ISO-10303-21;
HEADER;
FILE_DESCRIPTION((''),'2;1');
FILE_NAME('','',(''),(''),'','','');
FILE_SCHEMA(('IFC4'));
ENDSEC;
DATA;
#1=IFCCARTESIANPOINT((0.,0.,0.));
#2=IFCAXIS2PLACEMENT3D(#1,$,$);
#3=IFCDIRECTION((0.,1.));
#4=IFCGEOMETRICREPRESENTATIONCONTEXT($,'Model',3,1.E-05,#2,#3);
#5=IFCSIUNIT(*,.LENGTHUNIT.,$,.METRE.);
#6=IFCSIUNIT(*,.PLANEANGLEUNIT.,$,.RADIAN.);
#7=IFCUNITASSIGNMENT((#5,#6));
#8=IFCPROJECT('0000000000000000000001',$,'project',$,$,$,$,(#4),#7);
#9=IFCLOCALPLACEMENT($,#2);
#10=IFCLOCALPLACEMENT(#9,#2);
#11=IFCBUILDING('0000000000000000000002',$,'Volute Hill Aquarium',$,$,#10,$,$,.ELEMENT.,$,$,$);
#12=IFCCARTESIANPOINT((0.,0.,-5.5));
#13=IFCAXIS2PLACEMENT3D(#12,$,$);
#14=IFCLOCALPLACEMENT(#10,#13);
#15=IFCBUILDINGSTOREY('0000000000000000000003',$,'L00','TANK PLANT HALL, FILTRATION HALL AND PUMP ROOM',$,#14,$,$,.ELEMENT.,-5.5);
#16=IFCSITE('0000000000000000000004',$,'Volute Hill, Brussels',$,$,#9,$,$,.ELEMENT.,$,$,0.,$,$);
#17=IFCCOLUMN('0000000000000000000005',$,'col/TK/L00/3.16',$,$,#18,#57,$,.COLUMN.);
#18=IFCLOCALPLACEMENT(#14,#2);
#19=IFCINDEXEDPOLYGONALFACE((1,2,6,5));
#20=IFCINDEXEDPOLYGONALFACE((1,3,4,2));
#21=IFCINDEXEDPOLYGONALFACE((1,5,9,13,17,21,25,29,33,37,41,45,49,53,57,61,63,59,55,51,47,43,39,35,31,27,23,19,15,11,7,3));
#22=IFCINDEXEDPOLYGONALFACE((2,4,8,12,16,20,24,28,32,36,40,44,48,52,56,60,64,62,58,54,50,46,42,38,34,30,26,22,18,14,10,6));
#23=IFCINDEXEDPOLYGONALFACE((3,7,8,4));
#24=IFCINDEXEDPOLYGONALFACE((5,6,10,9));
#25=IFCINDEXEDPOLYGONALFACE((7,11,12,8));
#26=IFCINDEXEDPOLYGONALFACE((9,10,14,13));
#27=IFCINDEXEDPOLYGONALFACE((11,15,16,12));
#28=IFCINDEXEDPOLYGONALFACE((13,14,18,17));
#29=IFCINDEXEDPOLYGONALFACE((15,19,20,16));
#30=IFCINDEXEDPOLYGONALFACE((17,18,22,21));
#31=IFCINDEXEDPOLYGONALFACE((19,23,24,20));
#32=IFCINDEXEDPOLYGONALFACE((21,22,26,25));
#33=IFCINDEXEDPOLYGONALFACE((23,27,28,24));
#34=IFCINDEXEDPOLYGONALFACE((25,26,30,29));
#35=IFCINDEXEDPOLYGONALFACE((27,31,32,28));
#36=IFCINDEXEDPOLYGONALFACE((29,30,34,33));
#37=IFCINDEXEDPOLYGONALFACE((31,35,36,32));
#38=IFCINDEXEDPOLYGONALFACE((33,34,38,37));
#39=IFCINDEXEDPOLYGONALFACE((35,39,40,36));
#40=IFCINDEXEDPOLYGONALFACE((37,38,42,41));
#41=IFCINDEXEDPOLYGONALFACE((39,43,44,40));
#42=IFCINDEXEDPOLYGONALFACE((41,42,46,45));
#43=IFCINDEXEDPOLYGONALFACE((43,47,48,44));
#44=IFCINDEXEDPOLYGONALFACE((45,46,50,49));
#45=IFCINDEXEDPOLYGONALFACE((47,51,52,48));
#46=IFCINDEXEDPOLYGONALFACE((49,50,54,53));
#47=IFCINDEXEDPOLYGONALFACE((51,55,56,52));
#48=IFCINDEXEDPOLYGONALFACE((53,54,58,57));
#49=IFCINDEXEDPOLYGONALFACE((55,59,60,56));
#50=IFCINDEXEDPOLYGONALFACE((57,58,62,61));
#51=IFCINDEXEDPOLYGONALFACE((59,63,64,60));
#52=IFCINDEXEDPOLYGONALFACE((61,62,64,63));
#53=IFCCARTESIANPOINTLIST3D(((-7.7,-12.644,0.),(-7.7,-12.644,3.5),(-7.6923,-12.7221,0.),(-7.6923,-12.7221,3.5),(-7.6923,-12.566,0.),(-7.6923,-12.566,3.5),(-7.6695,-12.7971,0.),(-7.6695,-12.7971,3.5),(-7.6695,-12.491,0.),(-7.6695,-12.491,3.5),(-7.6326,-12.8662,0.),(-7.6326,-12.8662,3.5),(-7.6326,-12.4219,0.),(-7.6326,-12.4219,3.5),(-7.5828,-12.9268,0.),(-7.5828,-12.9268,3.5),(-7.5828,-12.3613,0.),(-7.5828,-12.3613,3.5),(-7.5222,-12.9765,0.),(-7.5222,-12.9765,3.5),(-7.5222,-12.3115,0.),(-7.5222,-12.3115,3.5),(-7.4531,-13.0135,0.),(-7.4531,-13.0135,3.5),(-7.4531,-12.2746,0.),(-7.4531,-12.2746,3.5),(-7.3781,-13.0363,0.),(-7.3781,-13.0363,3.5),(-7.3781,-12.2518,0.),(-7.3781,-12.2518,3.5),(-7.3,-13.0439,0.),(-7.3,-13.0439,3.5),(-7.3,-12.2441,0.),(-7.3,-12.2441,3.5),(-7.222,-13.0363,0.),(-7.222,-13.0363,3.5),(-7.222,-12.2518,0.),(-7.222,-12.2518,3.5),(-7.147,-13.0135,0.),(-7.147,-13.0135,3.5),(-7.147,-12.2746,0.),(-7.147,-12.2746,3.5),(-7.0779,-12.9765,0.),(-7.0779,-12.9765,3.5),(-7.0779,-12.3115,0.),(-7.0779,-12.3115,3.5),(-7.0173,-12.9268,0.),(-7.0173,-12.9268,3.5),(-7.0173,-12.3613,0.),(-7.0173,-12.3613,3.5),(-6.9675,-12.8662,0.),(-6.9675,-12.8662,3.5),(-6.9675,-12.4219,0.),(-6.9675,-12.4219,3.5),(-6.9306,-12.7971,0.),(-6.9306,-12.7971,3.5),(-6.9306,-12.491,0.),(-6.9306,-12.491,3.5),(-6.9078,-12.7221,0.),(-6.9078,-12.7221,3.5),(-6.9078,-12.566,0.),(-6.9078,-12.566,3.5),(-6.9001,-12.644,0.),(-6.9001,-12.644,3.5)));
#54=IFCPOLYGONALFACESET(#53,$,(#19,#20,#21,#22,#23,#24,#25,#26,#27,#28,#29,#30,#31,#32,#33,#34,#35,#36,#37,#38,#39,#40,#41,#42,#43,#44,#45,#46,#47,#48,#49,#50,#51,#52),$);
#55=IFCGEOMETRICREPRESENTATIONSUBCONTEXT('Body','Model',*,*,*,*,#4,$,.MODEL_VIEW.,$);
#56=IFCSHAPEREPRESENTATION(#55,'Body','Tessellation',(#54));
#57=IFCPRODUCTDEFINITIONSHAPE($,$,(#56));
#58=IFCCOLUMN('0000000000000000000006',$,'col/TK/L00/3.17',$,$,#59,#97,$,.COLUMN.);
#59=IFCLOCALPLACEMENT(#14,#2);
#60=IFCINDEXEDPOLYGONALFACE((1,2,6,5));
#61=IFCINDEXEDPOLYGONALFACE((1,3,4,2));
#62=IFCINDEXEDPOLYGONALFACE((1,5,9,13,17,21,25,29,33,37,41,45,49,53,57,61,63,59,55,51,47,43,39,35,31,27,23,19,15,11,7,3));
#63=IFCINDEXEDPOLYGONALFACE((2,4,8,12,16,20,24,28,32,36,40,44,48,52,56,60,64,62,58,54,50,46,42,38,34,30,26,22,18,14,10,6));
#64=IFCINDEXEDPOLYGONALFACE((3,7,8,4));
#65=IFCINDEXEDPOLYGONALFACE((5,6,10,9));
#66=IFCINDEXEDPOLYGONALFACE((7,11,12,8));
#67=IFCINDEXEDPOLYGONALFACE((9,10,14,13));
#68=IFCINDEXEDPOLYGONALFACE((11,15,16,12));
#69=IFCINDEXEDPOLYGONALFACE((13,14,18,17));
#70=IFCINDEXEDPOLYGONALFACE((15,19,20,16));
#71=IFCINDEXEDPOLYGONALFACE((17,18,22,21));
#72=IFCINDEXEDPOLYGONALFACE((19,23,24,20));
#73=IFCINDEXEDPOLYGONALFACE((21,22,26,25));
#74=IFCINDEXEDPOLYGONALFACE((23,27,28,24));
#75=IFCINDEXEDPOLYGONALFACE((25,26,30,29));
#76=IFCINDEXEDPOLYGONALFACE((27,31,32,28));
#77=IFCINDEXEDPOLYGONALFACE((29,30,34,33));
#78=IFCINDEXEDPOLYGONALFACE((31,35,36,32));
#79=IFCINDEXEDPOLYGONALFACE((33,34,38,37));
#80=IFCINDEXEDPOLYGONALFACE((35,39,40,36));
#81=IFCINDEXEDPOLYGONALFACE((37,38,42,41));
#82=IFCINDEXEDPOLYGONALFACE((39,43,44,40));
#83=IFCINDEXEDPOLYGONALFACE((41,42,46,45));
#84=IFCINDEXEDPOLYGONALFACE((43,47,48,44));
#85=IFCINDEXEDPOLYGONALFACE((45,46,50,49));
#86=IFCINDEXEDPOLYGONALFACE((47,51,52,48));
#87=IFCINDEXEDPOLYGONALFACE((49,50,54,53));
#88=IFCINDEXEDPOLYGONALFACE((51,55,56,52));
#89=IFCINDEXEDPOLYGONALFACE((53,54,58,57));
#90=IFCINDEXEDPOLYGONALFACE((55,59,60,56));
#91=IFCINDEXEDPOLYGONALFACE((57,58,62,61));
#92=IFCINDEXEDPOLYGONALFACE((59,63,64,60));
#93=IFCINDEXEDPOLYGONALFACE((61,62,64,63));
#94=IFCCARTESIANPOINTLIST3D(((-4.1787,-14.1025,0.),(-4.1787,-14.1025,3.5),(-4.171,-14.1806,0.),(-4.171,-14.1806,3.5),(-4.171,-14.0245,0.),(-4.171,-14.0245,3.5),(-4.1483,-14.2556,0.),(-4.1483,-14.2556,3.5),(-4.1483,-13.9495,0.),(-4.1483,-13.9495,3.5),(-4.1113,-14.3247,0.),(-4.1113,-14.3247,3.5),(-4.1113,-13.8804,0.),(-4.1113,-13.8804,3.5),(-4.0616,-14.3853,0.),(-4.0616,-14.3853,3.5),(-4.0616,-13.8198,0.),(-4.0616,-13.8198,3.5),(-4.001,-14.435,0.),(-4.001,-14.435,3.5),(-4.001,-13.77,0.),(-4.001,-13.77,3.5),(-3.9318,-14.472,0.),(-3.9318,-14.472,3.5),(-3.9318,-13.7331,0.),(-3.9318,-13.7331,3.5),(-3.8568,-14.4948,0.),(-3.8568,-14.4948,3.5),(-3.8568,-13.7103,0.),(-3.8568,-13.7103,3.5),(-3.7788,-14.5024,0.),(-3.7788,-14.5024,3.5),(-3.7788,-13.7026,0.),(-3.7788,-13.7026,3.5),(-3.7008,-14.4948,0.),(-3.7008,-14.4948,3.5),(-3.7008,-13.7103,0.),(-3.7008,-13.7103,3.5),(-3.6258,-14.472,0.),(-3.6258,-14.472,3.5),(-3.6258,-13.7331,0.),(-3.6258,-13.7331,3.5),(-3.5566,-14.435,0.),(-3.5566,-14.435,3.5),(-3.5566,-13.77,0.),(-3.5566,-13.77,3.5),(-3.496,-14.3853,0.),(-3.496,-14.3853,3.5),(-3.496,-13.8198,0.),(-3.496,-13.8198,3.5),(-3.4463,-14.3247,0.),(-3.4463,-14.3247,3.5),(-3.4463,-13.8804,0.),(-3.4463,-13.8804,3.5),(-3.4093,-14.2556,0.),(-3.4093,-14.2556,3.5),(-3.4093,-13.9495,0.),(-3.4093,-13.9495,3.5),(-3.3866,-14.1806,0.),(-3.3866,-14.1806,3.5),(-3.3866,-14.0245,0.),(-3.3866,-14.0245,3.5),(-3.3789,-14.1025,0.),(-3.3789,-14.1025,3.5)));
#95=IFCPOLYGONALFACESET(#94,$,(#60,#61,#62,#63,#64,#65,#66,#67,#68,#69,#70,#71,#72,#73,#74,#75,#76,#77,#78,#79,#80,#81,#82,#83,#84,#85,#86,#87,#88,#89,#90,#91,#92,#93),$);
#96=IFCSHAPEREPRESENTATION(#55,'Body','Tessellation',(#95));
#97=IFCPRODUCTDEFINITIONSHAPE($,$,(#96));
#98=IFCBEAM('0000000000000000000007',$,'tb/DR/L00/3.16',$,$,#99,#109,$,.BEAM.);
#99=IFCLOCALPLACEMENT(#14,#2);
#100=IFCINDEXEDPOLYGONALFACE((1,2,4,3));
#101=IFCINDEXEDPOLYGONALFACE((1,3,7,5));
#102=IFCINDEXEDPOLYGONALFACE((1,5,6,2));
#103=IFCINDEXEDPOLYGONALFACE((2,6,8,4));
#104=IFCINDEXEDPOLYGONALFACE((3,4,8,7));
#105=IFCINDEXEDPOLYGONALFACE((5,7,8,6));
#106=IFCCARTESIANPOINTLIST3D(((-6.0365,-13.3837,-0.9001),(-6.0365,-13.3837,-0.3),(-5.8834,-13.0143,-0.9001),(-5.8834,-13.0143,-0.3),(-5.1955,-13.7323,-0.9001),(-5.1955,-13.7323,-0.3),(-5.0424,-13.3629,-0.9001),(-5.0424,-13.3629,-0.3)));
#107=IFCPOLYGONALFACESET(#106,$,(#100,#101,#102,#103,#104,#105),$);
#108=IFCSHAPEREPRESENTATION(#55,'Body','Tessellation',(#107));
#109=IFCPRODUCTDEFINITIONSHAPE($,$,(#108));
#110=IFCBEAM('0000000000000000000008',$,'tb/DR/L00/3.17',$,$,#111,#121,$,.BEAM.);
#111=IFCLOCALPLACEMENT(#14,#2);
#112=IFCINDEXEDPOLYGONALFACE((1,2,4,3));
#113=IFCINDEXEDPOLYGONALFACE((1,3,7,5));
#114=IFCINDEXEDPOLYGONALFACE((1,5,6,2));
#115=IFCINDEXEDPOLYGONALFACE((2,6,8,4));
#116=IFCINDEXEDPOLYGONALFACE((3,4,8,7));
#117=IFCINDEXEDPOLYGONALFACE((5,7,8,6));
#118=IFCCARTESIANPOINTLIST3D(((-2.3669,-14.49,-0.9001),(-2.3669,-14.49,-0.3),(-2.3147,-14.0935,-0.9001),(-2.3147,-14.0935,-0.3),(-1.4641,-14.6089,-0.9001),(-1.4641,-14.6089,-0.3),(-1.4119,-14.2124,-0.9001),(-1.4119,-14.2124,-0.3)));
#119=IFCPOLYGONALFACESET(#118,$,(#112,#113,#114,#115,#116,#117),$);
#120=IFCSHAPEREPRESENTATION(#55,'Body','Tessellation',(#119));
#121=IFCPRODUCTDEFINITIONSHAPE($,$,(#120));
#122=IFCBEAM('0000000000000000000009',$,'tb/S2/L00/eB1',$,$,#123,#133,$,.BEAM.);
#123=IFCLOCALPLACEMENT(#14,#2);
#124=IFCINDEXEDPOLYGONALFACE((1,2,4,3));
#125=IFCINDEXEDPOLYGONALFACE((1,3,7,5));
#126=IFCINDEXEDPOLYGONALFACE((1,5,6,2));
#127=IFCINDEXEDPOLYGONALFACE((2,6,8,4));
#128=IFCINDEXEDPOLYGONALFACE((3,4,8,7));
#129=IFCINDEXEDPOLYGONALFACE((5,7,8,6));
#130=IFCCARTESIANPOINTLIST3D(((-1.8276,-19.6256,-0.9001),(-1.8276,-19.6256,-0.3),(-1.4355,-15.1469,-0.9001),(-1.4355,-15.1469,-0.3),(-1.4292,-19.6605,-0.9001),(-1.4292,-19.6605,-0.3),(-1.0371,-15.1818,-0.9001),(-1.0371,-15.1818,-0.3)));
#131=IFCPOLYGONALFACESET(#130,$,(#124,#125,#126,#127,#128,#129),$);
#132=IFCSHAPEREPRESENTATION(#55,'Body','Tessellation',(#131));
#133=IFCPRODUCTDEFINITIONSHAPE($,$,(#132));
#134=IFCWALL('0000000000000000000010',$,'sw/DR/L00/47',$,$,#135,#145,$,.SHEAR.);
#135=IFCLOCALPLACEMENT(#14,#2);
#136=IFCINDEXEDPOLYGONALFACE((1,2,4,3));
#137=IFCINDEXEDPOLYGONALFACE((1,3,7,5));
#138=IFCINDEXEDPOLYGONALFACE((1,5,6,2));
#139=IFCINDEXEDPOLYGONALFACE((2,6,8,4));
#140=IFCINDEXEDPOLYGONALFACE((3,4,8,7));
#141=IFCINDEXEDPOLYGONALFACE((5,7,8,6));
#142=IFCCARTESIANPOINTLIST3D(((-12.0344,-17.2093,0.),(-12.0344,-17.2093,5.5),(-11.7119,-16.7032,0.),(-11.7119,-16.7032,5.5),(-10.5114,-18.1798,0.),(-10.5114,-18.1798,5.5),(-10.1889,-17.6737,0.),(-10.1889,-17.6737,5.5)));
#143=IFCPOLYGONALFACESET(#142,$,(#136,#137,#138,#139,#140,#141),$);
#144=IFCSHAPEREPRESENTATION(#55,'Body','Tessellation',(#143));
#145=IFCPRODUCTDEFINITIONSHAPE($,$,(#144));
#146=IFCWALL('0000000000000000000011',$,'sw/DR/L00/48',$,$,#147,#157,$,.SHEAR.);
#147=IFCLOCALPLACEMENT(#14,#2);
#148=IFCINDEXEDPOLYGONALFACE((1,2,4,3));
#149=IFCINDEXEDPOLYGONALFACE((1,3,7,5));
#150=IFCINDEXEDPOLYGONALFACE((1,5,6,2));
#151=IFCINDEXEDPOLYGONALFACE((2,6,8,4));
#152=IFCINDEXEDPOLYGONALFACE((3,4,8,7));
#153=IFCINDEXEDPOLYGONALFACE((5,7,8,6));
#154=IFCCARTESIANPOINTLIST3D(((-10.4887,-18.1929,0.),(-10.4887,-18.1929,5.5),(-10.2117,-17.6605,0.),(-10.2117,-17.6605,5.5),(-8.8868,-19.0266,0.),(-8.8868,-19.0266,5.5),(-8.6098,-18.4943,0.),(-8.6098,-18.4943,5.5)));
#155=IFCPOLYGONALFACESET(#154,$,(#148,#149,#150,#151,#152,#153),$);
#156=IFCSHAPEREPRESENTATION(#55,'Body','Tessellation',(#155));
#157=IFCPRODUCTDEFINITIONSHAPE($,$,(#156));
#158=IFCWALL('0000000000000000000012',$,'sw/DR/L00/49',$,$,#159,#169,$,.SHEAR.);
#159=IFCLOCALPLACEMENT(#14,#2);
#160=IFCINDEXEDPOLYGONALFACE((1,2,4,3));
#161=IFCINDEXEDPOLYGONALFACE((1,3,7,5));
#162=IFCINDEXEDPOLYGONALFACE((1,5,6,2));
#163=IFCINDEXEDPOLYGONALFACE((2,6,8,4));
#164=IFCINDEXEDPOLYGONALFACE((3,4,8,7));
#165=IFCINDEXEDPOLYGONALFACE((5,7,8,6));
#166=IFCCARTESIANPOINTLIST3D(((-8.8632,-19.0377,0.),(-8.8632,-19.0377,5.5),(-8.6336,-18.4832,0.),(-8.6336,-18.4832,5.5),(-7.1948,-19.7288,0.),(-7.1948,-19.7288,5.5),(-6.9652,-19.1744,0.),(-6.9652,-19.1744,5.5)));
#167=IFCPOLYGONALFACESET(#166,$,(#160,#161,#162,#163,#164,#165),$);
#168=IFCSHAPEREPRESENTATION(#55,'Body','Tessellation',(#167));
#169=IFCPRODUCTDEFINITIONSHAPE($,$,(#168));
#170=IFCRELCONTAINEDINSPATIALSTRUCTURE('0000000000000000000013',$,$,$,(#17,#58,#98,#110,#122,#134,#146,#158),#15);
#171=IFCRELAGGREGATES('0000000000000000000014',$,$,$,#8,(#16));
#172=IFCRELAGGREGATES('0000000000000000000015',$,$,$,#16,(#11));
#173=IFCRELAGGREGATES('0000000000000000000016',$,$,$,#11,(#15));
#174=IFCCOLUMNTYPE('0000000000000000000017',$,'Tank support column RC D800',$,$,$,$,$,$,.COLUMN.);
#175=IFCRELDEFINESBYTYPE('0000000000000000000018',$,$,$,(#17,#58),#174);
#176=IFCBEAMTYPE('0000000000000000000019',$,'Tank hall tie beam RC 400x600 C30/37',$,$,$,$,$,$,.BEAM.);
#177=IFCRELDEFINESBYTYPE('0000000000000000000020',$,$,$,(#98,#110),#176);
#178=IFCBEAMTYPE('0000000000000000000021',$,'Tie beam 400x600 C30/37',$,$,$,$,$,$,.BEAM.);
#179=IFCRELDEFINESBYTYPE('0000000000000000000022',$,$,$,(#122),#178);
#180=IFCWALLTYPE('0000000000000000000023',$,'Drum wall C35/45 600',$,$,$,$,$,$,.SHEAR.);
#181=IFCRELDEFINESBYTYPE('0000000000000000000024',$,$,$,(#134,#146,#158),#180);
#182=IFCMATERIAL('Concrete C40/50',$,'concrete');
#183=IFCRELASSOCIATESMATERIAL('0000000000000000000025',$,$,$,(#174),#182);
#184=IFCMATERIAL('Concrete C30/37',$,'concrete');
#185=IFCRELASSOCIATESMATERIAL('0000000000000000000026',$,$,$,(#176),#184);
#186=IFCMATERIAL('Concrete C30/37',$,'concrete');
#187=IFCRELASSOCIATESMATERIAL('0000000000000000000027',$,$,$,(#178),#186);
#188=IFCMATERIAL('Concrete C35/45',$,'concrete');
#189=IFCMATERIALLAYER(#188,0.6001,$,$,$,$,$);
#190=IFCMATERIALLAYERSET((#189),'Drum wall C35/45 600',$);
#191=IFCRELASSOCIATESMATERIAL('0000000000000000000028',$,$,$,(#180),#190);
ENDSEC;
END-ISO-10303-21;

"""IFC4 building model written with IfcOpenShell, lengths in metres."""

from ifc_helpers import new_model, si_unit, direction, frame, frame_2d, origin, origin_2d, place, context, subcontext, project, spatial, rectangle, circle, extrude, material, layer, layer_set, material_profile, profile_set, type_object, element, save


model = new_model("IFC4")

# Units and contexts
model_context = context("Model", 3, precision=1e-05, world=origin(), true_north=direction((0.0, 1.0)))
body_context = subcontext(model_context, "Body", "Model", "MODEL_VIEW")
ifc_project = project(units=[si_unit("LENGTHUNIT", "METRE"), si_unit("PLANEANGLEUNIT", "RADIAN")], contexts=[model_context])

# Site, building, storey
site_placement = place(None, origin())
site = spatial("IfcSite", under=ifc_project, at=site_placement, Name="Volute Hill, Brussels", CompositionType="ELEMENT", RefElevation=0.0)
building_placement = place(site_placement, origin())
building = spatial("IfcBuilding", under=site, at=building_placement, Name="Volute Hill Aquarium", CompositionType="ELEMENT")
storey_placement = place(building_placement, frame((0.0, 0.0, -5.5)))
storey = spatial("IfcBuildingStorey", under=building, at=storey_placement, Name="L00", Description="TANK PLANT HALL, FILTRATION HALL AND PUMP ROOM", CompositionType="ELEMENT", Elevation=-5.5)

# Columns
ifc_material_1 = material(Name="Concrete C40/50", Category="concrete")
ifc_material_profile_1 = material_profile(ifc_material_1, circle(Radius=0.3999, at=origin_2d()), Name="RC round column D800")
ifc_profile_set_1 = profile_set([ifc_material_profile_1], Name="Concrete C40/50")
column_type = type_object("IfcColumnType", Name="Tank support column RC D800", PredefinedType="COLUMN", material=ifc_profile_set_1)
for number, where, z_axis, x_axis, name in (
    (1, (-7.3, -12.644, 0.0), (0.0, 0.0, 1.0), (1.0, 0.0, 0.0), "col/TK/L00/3.16"),
    (2, (-3.7788, -14.1025, 0.0), (0.0, 0.0, 1.0), (1.0, 0.0, 0.0), "col/TK/L00/3.17"),
):
    element("IfcColumn", number, at=place(storey_placement, frame(where, z_axis=z_axis, x_axis=x_axis)), inside=storey, type_object=column_type, Name=name, PredefinedType="COLUMN", context=body_context, shape_type="SweptSolid", body=[
        extrude(circle(Radius=0.3999, at=origin_2d()), origin(), (0.0, 0.0, 1.0), 3.5),
    ])

# Beams
ifc_material_2 = material(Name="Concrete C30/37", Category="concrete")
ifc_material_profile_2 = material_profile(ifc_material_2, rectangle(XDim=0.3999, YDim=0.6001, at=origin_2d()), Name="RC tie beam 400x600")
ifc_profile_set_2 = profile_set([ifc_material_profile_2], Name="Concrete C30/37")
beam_type_1 = type_object("IfcBeamType", Name="Tank hall tie beam RC 400x600 C30/37", PredefinedType="BEAM", material=ifc_profile_set_2)
beam_1_placement = place(storey_placement, frame((-5.96, -13.199, -0.6001), z_axis=(0.923781, -0.38292, 0.0), x_axis=(0.38292, 0.923781, 0.0)))
element("IfcBeam", 3, at=beam_1_placement, inside=storey, type_object=beam_type_1, Name="tb/DR/L00/3.16", PredefinedType="BEAM", context=body_context, shape_type="SweptSolid", body=[
    extrude(rectangle(XDim=0.3999, YDim=0.6001, at=origin_2d()), origin(), (0.0, 0.0, 1.0), 0.9104),
])
beam_2_placement = place(storey_placement, frame((-2.3408, -14.2917, -0.6001), z_axis=(0.99144, -0.130565, 0.0), x_axis=(0.130565, 0.99144, 0.0)))
element("IfcBeam", 4, at=beam_2_placement, inside=storey, type_object=beam_type_1, Name="tb/DR/L00/3.17", PredefinedType="BEAM", context=body_context, shape_type="SweptSolid", body=[
    extrude(rectangle(XDim=0.3999, YDim=0.6001, at=origin_2d()), origin(), (0.0, 0.0, 1.0), 0.9106),
])
ifc_material_3 = material(Name="Concrete C30/37", Category="concrete")
ifc_material_profile_3 = material_profile(ifc_material_3, rectangle(XDim=0.3999, YDim=0.6001, at=origin_2d()), Name="RC tie beam 400x600")
ifc_profile_set_3 = profile_set([ifc_material_profile_3], Name="Concrete C30/37")
beam_type_2 = type_object("IfcBeamType", Name="Tie beam 400x600 C30/37", PredefinedType="BEAM", material=ifc_profile_set_3)
beam_3_placement = place(storey_placement, frame((-1.6284, -19.6431, -0.6001), z_axis=(0.087211, 0.99619, 0.0), x_axis=(-0.99619, 0.087211, 0.0)))
element("IfcBeam", 5, at=beam_3_placement, inside=storey, type_object=beam_type_2, Name="tb/S2/L00/eB1", PredefinedType="BEAM", context=body_context, shape_type="SweptSolid", body=[
    extrude(rectangle(XDim=0.3999, YDim=0.6001, at=origin_2d()), origin(), (0.0, 0.0, 1.0), 4.4958),
])

# Walls
ifc_material_4 = material(Name="Concrete C35/45", Category="concrete")
ifc_layer = layer(ifc_material_4, 0.6001)
ifc_layer_set = layer_set([ifc_layer], Name="Drum wall C35/45 600")
wall_type = type_object("IfcWallType", Name="Drum wall C35/45 600", PredefinedType="SHEAR", material=ifc_layer_set)
for number, where, z_axis, x_axis, name in (
    (6, (-11.873, -16.9563, 0.0), (0.0, 0.0, 1.0), (0.843333, -0.537392, 0.0), "sw/DR/L00/47"),
    (7, (-10.3501, -17.9268, 0.0), (0.0, 0.0, 1.0), (0.887035, -0.461702, 0.0), "sw/DR/L00/48"),
    (8, (-8.7483, -18.7605, 0.0), (0.0, 0.0, 1.0), (0.923867, -0.382714, 0.0), "sw/DR/L00/49"),
):
    element("IfcWall", number, at=place(storey_placement, frame(where, z_axis=z_axis, x_axis=x_axis)), inside=storey, type_object=wall_type, Name=name, PredefinedType="SHEAR", context=body_context, shape_type="SweptSolid", body=[
        extrude(rectangle(XDim=1.8059, YDim=0.6001, at=frame_2d((0.9028, 0.0))), origin(), (0.0, 0.0, 1.0), 5.5),
    ])

save(model, "model.ifc")
